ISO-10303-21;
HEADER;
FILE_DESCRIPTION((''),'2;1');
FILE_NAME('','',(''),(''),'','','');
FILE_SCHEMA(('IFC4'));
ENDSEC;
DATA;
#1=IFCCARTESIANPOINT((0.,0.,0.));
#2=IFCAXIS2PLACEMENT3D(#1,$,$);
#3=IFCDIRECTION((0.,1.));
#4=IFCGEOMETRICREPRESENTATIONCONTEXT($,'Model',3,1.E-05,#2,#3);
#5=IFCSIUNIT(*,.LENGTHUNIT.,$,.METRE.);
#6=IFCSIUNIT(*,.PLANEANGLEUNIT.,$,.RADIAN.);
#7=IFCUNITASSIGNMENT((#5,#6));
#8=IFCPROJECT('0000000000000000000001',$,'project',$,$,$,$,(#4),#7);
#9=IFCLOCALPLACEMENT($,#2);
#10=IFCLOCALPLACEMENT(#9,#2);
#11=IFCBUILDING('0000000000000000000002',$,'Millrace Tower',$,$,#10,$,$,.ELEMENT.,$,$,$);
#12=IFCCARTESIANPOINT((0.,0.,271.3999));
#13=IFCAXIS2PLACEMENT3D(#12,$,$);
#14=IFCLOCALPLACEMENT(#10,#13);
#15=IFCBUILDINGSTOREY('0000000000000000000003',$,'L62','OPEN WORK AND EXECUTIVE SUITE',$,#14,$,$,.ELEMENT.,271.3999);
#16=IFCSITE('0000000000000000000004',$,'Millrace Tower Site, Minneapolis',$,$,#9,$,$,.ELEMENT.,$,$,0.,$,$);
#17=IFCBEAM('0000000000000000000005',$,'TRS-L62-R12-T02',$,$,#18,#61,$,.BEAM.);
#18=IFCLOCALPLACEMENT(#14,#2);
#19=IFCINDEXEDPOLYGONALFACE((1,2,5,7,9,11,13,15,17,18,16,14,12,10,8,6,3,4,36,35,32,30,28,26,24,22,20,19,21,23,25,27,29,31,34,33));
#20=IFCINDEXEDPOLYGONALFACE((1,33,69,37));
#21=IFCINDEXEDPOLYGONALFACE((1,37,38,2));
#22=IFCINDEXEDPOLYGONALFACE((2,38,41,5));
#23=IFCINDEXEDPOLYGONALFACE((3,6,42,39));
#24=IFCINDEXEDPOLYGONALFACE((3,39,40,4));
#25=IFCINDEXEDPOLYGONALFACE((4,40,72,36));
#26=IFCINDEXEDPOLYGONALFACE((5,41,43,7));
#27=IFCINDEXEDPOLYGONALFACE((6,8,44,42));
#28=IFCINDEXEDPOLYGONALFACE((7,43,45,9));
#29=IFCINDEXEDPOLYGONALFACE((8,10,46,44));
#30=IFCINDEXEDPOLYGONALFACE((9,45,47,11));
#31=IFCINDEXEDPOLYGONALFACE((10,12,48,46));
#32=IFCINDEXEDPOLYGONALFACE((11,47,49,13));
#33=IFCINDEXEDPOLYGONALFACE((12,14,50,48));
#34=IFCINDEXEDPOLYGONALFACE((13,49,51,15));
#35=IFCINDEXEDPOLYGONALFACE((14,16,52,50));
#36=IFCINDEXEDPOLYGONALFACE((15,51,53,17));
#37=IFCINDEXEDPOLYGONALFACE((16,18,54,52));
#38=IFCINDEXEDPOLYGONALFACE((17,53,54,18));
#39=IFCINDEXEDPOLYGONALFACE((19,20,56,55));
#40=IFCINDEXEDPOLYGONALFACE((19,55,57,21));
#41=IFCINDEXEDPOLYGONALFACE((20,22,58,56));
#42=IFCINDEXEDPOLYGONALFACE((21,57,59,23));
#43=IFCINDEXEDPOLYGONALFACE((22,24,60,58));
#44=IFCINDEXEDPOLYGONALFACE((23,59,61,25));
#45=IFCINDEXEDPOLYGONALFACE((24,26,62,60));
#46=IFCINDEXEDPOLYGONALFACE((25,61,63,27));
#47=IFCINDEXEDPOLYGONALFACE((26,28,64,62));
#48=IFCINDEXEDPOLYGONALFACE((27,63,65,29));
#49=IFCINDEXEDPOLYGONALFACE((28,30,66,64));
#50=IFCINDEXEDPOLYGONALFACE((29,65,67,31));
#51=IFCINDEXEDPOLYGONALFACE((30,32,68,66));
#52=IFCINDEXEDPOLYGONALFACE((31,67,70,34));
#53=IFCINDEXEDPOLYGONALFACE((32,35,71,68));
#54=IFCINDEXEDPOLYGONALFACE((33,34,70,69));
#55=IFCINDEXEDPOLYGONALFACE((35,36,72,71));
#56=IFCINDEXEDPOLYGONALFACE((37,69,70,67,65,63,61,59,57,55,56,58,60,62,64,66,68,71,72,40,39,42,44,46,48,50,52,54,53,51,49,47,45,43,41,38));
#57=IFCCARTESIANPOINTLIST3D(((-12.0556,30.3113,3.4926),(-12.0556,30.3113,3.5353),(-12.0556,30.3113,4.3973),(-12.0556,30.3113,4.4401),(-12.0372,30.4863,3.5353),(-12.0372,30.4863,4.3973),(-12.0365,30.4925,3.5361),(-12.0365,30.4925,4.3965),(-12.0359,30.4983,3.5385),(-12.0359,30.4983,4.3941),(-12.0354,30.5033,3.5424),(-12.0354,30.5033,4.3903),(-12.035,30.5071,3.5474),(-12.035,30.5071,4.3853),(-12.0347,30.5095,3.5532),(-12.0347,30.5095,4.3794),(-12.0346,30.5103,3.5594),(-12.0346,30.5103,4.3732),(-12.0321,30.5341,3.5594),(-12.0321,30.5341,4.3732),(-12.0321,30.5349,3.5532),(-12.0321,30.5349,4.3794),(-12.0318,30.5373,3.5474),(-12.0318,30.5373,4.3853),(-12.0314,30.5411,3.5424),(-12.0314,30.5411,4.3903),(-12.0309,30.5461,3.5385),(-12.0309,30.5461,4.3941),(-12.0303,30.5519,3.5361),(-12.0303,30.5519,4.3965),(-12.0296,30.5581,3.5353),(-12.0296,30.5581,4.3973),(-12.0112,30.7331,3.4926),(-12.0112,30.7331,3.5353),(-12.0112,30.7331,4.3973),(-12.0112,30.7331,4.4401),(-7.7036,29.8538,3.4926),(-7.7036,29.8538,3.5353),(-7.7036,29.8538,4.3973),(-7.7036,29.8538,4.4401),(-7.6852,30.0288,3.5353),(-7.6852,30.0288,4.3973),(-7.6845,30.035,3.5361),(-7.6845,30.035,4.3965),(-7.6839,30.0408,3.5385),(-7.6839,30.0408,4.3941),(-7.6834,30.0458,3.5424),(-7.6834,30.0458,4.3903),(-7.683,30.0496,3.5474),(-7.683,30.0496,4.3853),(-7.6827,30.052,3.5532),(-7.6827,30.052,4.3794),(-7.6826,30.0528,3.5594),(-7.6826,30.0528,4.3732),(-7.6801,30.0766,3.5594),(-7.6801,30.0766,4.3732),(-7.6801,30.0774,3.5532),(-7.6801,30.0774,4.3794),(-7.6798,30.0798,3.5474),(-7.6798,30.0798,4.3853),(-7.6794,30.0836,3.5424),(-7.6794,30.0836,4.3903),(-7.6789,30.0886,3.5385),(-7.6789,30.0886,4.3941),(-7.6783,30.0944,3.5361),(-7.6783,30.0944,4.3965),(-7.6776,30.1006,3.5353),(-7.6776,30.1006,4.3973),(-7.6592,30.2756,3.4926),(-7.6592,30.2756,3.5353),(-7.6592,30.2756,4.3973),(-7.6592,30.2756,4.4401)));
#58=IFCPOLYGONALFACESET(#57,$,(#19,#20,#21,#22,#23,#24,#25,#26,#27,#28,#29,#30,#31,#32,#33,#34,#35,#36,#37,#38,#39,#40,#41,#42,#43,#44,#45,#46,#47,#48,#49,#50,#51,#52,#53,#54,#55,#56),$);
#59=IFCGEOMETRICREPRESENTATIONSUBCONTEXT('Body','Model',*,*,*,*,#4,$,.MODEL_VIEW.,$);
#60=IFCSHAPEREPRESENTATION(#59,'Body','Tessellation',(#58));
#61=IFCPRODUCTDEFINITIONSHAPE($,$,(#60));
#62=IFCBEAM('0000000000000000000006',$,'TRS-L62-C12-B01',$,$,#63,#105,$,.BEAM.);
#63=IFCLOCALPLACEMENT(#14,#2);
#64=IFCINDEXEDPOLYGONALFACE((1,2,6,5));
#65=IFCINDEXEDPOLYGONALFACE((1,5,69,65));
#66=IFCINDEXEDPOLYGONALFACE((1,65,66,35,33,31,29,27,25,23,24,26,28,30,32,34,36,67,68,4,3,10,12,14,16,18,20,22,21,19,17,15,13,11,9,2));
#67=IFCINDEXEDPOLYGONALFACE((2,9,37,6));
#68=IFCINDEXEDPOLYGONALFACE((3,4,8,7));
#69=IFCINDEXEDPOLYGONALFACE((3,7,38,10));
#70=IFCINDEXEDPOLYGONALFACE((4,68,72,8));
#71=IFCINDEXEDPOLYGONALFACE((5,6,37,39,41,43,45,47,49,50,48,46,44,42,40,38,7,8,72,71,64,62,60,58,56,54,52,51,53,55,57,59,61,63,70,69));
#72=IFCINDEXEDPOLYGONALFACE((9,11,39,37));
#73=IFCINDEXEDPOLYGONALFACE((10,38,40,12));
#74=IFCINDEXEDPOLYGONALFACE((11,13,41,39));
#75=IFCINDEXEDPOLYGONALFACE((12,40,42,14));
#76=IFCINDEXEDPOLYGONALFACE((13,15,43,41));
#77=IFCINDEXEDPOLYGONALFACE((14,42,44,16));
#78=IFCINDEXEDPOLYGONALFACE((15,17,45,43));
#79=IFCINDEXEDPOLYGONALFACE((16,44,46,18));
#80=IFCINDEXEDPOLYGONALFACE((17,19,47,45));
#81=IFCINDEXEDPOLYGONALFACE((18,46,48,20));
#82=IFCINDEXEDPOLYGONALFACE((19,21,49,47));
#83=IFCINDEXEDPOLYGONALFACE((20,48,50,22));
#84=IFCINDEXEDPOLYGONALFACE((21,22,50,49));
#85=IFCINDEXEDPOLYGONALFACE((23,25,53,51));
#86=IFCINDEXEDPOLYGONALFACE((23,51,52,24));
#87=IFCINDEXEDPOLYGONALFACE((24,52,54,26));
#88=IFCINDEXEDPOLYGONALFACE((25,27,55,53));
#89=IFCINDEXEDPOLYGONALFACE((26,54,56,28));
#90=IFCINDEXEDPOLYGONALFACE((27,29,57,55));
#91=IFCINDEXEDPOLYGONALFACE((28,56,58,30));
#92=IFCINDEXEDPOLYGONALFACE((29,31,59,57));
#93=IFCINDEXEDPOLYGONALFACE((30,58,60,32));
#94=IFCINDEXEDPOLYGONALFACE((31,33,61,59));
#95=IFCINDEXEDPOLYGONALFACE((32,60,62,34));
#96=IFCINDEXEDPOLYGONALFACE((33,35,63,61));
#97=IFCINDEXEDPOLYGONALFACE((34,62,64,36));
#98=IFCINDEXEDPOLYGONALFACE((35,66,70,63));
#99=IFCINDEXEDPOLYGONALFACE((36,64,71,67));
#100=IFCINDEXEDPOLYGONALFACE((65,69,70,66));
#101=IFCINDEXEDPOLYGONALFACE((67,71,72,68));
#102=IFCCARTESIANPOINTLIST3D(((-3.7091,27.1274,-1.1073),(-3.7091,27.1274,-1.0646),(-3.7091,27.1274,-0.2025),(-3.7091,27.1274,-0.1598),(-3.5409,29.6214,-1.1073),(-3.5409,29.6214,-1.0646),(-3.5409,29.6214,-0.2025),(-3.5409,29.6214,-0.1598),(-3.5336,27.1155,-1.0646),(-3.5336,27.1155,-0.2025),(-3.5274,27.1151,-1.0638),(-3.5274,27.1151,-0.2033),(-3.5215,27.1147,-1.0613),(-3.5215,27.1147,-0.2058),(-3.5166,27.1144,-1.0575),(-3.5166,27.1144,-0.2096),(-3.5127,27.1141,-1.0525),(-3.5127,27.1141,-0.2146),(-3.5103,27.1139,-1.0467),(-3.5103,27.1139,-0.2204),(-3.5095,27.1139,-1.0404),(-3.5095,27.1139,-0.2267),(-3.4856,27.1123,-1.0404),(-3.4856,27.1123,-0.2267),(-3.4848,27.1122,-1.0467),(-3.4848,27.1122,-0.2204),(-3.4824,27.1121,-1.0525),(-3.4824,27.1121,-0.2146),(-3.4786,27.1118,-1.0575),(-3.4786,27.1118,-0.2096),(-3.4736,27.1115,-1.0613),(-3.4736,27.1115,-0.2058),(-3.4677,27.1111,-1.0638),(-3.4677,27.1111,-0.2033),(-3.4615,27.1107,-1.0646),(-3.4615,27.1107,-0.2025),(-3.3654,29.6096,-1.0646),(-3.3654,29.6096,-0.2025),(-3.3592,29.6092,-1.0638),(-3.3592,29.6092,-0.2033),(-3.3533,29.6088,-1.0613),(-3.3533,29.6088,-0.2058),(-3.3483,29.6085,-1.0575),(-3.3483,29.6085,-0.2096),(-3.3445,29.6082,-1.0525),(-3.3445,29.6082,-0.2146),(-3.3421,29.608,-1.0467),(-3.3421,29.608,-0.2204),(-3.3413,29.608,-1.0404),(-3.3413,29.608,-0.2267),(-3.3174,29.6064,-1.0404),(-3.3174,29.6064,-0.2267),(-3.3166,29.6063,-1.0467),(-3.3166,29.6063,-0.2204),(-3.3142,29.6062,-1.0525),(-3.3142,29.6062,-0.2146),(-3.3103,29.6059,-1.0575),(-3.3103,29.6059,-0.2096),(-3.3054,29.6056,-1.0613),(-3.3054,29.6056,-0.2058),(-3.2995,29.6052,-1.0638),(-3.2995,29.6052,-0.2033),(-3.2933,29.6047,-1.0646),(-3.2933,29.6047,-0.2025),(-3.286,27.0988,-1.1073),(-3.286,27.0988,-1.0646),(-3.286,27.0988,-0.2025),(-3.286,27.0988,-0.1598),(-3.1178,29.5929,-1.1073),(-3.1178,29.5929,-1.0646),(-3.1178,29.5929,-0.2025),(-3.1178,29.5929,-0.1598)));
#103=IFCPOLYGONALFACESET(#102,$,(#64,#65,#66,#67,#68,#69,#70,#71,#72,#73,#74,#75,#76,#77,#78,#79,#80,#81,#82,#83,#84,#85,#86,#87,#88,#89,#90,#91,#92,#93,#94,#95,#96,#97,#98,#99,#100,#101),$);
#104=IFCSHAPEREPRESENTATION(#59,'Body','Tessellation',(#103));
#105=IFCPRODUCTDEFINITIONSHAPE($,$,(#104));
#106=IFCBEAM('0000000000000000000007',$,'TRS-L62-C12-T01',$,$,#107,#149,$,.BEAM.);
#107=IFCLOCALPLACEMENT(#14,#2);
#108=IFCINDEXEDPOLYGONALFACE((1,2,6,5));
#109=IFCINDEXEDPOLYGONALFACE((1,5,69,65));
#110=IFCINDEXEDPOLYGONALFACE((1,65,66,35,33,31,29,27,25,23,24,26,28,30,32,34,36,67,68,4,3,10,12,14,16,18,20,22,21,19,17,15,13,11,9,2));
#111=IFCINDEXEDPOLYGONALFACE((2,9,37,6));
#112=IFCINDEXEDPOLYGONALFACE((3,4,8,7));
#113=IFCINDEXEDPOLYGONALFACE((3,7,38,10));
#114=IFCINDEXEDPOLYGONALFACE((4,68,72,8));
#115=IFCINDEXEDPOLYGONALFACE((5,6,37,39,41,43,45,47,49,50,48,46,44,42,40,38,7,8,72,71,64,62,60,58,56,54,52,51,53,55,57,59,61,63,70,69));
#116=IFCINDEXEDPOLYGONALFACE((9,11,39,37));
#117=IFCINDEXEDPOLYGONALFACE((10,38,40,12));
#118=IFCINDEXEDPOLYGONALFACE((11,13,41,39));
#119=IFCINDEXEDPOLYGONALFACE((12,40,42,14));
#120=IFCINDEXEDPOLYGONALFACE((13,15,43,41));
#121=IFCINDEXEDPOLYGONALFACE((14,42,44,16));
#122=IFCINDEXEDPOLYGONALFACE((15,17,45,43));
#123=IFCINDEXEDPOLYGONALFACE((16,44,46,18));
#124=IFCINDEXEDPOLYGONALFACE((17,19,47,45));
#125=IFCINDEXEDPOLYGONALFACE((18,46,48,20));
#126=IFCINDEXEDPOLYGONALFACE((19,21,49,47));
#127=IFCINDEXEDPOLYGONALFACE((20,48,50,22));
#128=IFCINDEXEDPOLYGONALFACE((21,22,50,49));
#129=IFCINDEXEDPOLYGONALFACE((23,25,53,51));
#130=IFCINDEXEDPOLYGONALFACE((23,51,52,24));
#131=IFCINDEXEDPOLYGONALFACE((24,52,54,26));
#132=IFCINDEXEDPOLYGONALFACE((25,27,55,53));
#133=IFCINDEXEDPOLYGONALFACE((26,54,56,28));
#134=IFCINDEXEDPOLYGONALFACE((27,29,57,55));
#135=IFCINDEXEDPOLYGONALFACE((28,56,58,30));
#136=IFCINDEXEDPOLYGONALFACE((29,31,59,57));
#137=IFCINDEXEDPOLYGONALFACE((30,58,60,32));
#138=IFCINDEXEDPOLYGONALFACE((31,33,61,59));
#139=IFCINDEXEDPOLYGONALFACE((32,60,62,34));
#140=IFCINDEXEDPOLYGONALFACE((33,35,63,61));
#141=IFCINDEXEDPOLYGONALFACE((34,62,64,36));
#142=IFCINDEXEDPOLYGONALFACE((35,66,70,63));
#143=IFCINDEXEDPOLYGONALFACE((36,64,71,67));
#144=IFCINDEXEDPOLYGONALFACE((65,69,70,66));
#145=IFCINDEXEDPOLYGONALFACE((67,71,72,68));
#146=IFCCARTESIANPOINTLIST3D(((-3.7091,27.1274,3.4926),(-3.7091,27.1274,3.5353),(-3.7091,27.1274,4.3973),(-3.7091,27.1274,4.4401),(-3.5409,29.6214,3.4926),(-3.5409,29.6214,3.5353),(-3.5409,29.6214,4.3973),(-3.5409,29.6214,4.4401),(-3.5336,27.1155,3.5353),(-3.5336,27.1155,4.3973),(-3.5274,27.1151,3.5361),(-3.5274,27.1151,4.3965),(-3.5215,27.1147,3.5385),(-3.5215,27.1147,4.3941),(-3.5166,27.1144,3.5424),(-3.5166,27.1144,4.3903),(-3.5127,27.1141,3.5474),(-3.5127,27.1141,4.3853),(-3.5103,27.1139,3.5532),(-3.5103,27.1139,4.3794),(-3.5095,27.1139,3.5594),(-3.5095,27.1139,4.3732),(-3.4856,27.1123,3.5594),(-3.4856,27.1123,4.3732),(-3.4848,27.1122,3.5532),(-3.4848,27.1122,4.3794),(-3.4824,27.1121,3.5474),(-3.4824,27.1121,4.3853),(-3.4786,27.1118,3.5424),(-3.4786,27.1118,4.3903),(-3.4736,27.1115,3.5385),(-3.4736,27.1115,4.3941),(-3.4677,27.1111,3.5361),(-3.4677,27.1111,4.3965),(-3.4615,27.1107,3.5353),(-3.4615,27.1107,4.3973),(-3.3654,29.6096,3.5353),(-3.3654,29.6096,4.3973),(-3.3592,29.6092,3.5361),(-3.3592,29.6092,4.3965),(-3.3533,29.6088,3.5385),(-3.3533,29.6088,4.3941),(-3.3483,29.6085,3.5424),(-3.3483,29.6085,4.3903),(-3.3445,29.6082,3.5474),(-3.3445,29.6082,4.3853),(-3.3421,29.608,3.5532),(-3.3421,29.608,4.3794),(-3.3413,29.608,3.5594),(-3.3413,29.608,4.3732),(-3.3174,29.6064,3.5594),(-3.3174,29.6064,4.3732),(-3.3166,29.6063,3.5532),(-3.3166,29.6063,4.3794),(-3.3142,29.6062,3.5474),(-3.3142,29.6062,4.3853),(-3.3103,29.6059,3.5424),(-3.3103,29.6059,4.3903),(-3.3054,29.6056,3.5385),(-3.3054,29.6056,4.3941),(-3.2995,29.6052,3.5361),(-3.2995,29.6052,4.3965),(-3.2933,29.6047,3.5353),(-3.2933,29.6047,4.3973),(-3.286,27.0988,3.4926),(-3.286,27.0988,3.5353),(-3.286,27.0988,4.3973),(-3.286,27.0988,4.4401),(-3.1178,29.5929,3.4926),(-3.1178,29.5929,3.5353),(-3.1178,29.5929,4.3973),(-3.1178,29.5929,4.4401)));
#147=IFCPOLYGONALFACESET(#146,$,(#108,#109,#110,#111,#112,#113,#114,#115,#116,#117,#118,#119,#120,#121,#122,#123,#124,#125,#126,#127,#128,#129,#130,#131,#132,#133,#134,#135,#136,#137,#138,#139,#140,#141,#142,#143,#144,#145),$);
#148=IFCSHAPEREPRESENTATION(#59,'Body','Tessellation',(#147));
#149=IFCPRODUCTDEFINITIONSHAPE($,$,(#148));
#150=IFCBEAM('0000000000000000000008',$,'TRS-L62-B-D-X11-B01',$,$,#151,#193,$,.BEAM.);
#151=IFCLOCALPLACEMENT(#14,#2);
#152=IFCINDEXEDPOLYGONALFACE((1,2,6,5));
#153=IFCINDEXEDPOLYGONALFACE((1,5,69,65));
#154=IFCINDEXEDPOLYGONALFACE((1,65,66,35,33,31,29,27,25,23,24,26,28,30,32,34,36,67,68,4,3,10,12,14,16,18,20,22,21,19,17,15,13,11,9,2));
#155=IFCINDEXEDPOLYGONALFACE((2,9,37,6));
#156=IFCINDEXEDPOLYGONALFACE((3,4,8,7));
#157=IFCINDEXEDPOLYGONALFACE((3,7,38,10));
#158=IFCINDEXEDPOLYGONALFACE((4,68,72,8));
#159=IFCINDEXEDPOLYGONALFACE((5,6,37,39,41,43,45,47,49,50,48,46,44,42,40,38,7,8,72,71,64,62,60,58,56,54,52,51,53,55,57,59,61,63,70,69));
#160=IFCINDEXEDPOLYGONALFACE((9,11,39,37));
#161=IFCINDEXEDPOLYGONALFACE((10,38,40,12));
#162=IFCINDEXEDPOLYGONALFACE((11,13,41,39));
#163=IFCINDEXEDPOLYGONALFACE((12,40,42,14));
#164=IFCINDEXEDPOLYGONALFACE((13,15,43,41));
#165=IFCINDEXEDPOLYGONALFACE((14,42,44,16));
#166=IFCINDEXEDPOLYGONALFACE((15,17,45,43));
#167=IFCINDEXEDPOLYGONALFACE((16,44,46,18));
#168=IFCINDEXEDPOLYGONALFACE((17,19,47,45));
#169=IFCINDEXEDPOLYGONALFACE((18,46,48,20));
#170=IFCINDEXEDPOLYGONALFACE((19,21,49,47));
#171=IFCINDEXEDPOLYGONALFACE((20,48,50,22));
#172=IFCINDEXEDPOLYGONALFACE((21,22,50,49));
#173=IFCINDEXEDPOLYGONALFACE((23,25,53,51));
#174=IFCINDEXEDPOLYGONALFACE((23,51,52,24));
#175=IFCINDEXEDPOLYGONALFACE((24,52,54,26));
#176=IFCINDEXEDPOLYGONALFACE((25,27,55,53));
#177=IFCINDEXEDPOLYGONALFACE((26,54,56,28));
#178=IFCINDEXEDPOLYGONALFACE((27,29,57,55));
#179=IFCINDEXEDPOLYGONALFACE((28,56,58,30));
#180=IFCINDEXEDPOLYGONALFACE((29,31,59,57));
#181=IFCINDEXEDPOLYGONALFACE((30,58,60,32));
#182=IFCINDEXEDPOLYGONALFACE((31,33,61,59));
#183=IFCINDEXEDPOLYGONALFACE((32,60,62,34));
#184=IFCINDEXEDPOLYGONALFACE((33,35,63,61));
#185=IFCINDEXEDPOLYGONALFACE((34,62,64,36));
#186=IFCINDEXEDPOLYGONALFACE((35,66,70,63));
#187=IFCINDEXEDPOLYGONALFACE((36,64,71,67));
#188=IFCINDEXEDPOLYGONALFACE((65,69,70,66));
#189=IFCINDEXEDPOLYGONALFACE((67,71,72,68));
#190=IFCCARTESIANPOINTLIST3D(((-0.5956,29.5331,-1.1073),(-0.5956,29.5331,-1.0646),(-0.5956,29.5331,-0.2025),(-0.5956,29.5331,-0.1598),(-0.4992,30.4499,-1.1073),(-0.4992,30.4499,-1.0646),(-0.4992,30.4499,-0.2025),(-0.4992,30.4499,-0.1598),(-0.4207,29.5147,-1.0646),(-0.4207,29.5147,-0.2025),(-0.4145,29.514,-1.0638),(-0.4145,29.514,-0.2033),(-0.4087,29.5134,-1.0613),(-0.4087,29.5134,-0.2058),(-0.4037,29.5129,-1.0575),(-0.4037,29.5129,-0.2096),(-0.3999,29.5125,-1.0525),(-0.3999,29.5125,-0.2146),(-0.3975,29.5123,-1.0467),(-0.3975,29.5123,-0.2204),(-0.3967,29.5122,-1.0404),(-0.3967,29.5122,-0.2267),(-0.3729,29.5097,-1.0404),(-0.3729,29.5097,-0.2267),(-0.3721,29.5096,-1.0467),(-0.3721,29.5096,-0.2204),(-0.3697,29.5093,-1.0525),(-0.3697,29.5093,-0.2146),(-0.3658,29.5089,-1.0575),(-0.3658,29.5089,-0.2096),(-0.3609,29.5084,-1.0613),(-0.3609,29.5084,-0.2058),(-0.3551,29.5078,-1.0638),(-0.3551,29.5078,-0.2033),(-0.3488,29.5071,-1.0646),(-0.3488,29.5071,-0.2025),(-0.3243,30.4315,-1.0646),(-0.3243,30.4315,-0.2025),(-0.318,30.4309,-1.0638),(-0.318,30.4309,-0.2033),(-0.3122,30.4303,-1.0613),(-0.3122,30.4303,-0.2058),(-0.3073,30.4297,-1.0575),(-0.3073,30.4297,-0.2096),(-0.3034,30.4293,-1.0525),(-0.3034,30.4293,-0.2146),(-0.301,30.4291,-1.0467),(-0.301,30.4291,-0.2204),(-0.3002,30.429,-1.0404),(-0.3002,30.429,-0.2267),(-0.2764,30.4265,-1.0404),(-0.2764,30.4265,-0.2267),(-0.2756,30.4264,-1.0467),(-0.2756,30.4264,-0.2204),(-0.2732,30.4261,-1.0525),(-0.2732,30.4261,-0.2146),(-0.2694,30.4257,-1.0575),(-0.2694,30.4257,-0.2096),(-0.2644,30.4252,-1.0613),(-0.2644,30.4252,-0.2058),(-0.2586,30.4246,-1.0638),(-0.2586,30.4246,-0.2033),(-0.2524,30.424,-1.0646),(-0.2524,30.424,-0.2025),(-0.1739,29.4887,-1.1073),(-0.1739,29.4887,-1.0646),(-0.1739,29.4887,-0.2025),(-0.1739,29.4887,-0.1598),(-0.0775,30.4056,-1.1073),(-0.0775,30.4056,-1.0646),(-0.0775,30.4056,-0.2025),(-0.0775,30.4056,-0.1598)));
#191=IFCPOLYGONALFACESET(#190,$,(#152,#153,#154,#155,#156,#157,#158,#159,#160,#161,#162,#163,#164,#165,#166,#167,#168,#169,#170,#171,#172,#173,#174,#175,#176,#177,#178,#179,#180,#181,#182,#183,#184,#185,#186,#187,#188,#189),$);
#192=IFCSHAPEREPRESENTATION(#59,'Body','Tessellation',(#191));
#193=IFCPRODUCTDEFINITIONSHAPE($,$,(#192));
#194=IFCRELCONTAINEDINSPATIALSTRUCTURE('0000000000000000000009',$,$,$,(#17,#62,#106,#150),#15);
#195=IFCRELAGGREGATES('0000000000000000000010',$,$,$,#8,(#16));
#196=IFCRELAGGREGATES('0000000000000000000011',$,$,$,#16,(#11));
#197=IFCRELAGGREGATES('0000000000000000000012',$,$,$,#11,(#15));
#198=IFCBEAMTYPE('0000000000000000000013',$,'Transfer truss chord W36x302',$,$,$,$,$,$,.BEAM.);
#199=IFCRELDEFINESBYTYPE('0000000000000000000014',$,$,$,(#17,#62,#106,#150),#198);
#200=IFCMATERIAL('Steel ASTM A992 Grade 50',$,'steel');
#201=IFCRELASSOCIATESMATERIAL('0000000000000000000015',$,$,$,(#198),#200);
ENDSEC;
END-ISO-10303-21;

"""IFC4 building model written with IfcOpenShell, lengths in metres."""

from ifc_helpers import new_model, si_unit, direction, frame, origin, origin_2d, place, context, subcontext, project, spatial, i_section, extrude, material, material_profile, profile_set, type_object, element, save


model = new_model("IFC4")

# Units and contexts
model_context = context("Model", 3, precision=1e-05, world=origin(), true_north=direction((0.0, 1.0)))
body_context = subcontext(model_context, "Body", "Model", "MODEL_VIEW")
ifc_project = project(units=[si_unit("LENGTHUNIT", "METRE"), si_unit("PLANEANGLEUNIT", "RADIAN")], contexts=[model_context])

# Site, building, storey
site_placement = place(None, origin())
site = spatial("IfcSite", under=ifc_project, at=site_placement, Name="Millrace Tower Site, Minneapolis", CompositionType="ELEMENT", RefElevation=0.0)
building_placement = place(site_placement, origin())
building = spatial("IfcBuilding", under=site, at=building_placement, Name="Millrace Tower", CompositionType="ELEMENT")
storey_placement = place(building_placement, frame((0.0, 0.0, 271.3999)))
storey = spatial("IfcBuildingStorey", under=building, at=storey_placement, Name="L62", Description="OPEN WORK AND EXECUTIVE SUITE", CompositionType="ELEMENT", Elevation=271.3999)

# Beams
ifc_material_1 = material(Name="Steel ASTM A992 Grade 50", Category="steel")
ifc_material_profile_1 = material_profile(ifc_material_1, i_section(OverallWidth=0.4241, OverallDepth=0.9475, WebThickness=0.0239, FlangeThickness=0.0427, FilletRadius=0.0242, at=origin_2d()))
ifc_profile_set_1 = profile_set([ifc_material_profile_1], Name="Steel ASTM A992 Grade 50")
beam_type_1 = type_object("IfcBeamType", Name="Transfer truss chord W36x302", PredefinedType="BEAM", material=ifc_profile_set_1)
for number, where, z_axis, x_axis, name in (
    (1, (-7.6814, 30.0647, 3.9663), (-0.99452, 0.104551, 0.0), (-0.104551, -0.99452, 0.0), "TRS-L62-R12-T02"),
):
    element("IfcBeam", number, at=place(storey_placement, frame(where, z_axis=z_axis, x_axis=x_axis)), inside=storey, type_object=beam_type_1, Name=name, PredefinedType="BEAM", context=body_context, shape_type="SweptSolid", body=[
        extrude(i_section(OverallWidth=0.4241, OverallDepth=0.9475, WebThickness=0.0239, FlangeThickness=0.0427, FilletRadius=0.0242, at=origin_2d()), origin(), (0.0, 0.0, 1.0), 4.376),
    ])
for number, where, z_axis, x_axis, name in (
    (2, (-3.3293, 29.6072, -0.6335), (-0.06729, -0.997733, 0.0), (0.997733, -0.06729, 0.0), "TRS-L62-C12-B01"),
    (3, (-3.3293, 29.6072, 3.9663), (-0.06729, -0.997733, 0.0), (0.997733, -0.06729, 0.0), "TRS-L62-C12-T01"),
):
    element("IfcBeam", number, at=place(storey_placement, frame(where, z_axis=z_axis, x_axis=x_axis)), inside=storey, type_object=beam_type_1, Name=name, PredefinedType="BEAM", context=body_context, shape_type="SweptSolid", body=[
        extrude(i_section(OverallWidth=0.4241, OverallDepth=0.9475, WebThickness=0.0239, FlangeThickness=0.0427, FilletRadius=0.0242, at=origin_2d()), origin(), (0.0, 0.0, 1.0), 2.4998),
    ])
for number, where, z_axis, x_axis, name in (
    (4, (-0.2883, 30.4277, -0.6335), (-0.104616, -0.994513, 0.0), (0.994513, -0.104616, 0.0), "TRS-L62-B-D-X11-B01"),
):
    element("IfcBeam", number, at=place(storey_placement, frame(where, z_axis=z_axis, x_axis=x_axis)), inside=storey, type_object=beam_type_1, Name=name, PredefinedType="BEAM", context=body_context, shape_type="SweptSolid", body=[
        extrude(i_section(OverallWidth=0.4241, OverallDepth=0.9475, WebThickness=0.0239, FlangeThickness=0.0427, FilletRadius=0.0242, at=origin_2d()), origin(), (0.0, 0.0, 1.0), 0.9219),
    ])

save(model, "model.ifc")
